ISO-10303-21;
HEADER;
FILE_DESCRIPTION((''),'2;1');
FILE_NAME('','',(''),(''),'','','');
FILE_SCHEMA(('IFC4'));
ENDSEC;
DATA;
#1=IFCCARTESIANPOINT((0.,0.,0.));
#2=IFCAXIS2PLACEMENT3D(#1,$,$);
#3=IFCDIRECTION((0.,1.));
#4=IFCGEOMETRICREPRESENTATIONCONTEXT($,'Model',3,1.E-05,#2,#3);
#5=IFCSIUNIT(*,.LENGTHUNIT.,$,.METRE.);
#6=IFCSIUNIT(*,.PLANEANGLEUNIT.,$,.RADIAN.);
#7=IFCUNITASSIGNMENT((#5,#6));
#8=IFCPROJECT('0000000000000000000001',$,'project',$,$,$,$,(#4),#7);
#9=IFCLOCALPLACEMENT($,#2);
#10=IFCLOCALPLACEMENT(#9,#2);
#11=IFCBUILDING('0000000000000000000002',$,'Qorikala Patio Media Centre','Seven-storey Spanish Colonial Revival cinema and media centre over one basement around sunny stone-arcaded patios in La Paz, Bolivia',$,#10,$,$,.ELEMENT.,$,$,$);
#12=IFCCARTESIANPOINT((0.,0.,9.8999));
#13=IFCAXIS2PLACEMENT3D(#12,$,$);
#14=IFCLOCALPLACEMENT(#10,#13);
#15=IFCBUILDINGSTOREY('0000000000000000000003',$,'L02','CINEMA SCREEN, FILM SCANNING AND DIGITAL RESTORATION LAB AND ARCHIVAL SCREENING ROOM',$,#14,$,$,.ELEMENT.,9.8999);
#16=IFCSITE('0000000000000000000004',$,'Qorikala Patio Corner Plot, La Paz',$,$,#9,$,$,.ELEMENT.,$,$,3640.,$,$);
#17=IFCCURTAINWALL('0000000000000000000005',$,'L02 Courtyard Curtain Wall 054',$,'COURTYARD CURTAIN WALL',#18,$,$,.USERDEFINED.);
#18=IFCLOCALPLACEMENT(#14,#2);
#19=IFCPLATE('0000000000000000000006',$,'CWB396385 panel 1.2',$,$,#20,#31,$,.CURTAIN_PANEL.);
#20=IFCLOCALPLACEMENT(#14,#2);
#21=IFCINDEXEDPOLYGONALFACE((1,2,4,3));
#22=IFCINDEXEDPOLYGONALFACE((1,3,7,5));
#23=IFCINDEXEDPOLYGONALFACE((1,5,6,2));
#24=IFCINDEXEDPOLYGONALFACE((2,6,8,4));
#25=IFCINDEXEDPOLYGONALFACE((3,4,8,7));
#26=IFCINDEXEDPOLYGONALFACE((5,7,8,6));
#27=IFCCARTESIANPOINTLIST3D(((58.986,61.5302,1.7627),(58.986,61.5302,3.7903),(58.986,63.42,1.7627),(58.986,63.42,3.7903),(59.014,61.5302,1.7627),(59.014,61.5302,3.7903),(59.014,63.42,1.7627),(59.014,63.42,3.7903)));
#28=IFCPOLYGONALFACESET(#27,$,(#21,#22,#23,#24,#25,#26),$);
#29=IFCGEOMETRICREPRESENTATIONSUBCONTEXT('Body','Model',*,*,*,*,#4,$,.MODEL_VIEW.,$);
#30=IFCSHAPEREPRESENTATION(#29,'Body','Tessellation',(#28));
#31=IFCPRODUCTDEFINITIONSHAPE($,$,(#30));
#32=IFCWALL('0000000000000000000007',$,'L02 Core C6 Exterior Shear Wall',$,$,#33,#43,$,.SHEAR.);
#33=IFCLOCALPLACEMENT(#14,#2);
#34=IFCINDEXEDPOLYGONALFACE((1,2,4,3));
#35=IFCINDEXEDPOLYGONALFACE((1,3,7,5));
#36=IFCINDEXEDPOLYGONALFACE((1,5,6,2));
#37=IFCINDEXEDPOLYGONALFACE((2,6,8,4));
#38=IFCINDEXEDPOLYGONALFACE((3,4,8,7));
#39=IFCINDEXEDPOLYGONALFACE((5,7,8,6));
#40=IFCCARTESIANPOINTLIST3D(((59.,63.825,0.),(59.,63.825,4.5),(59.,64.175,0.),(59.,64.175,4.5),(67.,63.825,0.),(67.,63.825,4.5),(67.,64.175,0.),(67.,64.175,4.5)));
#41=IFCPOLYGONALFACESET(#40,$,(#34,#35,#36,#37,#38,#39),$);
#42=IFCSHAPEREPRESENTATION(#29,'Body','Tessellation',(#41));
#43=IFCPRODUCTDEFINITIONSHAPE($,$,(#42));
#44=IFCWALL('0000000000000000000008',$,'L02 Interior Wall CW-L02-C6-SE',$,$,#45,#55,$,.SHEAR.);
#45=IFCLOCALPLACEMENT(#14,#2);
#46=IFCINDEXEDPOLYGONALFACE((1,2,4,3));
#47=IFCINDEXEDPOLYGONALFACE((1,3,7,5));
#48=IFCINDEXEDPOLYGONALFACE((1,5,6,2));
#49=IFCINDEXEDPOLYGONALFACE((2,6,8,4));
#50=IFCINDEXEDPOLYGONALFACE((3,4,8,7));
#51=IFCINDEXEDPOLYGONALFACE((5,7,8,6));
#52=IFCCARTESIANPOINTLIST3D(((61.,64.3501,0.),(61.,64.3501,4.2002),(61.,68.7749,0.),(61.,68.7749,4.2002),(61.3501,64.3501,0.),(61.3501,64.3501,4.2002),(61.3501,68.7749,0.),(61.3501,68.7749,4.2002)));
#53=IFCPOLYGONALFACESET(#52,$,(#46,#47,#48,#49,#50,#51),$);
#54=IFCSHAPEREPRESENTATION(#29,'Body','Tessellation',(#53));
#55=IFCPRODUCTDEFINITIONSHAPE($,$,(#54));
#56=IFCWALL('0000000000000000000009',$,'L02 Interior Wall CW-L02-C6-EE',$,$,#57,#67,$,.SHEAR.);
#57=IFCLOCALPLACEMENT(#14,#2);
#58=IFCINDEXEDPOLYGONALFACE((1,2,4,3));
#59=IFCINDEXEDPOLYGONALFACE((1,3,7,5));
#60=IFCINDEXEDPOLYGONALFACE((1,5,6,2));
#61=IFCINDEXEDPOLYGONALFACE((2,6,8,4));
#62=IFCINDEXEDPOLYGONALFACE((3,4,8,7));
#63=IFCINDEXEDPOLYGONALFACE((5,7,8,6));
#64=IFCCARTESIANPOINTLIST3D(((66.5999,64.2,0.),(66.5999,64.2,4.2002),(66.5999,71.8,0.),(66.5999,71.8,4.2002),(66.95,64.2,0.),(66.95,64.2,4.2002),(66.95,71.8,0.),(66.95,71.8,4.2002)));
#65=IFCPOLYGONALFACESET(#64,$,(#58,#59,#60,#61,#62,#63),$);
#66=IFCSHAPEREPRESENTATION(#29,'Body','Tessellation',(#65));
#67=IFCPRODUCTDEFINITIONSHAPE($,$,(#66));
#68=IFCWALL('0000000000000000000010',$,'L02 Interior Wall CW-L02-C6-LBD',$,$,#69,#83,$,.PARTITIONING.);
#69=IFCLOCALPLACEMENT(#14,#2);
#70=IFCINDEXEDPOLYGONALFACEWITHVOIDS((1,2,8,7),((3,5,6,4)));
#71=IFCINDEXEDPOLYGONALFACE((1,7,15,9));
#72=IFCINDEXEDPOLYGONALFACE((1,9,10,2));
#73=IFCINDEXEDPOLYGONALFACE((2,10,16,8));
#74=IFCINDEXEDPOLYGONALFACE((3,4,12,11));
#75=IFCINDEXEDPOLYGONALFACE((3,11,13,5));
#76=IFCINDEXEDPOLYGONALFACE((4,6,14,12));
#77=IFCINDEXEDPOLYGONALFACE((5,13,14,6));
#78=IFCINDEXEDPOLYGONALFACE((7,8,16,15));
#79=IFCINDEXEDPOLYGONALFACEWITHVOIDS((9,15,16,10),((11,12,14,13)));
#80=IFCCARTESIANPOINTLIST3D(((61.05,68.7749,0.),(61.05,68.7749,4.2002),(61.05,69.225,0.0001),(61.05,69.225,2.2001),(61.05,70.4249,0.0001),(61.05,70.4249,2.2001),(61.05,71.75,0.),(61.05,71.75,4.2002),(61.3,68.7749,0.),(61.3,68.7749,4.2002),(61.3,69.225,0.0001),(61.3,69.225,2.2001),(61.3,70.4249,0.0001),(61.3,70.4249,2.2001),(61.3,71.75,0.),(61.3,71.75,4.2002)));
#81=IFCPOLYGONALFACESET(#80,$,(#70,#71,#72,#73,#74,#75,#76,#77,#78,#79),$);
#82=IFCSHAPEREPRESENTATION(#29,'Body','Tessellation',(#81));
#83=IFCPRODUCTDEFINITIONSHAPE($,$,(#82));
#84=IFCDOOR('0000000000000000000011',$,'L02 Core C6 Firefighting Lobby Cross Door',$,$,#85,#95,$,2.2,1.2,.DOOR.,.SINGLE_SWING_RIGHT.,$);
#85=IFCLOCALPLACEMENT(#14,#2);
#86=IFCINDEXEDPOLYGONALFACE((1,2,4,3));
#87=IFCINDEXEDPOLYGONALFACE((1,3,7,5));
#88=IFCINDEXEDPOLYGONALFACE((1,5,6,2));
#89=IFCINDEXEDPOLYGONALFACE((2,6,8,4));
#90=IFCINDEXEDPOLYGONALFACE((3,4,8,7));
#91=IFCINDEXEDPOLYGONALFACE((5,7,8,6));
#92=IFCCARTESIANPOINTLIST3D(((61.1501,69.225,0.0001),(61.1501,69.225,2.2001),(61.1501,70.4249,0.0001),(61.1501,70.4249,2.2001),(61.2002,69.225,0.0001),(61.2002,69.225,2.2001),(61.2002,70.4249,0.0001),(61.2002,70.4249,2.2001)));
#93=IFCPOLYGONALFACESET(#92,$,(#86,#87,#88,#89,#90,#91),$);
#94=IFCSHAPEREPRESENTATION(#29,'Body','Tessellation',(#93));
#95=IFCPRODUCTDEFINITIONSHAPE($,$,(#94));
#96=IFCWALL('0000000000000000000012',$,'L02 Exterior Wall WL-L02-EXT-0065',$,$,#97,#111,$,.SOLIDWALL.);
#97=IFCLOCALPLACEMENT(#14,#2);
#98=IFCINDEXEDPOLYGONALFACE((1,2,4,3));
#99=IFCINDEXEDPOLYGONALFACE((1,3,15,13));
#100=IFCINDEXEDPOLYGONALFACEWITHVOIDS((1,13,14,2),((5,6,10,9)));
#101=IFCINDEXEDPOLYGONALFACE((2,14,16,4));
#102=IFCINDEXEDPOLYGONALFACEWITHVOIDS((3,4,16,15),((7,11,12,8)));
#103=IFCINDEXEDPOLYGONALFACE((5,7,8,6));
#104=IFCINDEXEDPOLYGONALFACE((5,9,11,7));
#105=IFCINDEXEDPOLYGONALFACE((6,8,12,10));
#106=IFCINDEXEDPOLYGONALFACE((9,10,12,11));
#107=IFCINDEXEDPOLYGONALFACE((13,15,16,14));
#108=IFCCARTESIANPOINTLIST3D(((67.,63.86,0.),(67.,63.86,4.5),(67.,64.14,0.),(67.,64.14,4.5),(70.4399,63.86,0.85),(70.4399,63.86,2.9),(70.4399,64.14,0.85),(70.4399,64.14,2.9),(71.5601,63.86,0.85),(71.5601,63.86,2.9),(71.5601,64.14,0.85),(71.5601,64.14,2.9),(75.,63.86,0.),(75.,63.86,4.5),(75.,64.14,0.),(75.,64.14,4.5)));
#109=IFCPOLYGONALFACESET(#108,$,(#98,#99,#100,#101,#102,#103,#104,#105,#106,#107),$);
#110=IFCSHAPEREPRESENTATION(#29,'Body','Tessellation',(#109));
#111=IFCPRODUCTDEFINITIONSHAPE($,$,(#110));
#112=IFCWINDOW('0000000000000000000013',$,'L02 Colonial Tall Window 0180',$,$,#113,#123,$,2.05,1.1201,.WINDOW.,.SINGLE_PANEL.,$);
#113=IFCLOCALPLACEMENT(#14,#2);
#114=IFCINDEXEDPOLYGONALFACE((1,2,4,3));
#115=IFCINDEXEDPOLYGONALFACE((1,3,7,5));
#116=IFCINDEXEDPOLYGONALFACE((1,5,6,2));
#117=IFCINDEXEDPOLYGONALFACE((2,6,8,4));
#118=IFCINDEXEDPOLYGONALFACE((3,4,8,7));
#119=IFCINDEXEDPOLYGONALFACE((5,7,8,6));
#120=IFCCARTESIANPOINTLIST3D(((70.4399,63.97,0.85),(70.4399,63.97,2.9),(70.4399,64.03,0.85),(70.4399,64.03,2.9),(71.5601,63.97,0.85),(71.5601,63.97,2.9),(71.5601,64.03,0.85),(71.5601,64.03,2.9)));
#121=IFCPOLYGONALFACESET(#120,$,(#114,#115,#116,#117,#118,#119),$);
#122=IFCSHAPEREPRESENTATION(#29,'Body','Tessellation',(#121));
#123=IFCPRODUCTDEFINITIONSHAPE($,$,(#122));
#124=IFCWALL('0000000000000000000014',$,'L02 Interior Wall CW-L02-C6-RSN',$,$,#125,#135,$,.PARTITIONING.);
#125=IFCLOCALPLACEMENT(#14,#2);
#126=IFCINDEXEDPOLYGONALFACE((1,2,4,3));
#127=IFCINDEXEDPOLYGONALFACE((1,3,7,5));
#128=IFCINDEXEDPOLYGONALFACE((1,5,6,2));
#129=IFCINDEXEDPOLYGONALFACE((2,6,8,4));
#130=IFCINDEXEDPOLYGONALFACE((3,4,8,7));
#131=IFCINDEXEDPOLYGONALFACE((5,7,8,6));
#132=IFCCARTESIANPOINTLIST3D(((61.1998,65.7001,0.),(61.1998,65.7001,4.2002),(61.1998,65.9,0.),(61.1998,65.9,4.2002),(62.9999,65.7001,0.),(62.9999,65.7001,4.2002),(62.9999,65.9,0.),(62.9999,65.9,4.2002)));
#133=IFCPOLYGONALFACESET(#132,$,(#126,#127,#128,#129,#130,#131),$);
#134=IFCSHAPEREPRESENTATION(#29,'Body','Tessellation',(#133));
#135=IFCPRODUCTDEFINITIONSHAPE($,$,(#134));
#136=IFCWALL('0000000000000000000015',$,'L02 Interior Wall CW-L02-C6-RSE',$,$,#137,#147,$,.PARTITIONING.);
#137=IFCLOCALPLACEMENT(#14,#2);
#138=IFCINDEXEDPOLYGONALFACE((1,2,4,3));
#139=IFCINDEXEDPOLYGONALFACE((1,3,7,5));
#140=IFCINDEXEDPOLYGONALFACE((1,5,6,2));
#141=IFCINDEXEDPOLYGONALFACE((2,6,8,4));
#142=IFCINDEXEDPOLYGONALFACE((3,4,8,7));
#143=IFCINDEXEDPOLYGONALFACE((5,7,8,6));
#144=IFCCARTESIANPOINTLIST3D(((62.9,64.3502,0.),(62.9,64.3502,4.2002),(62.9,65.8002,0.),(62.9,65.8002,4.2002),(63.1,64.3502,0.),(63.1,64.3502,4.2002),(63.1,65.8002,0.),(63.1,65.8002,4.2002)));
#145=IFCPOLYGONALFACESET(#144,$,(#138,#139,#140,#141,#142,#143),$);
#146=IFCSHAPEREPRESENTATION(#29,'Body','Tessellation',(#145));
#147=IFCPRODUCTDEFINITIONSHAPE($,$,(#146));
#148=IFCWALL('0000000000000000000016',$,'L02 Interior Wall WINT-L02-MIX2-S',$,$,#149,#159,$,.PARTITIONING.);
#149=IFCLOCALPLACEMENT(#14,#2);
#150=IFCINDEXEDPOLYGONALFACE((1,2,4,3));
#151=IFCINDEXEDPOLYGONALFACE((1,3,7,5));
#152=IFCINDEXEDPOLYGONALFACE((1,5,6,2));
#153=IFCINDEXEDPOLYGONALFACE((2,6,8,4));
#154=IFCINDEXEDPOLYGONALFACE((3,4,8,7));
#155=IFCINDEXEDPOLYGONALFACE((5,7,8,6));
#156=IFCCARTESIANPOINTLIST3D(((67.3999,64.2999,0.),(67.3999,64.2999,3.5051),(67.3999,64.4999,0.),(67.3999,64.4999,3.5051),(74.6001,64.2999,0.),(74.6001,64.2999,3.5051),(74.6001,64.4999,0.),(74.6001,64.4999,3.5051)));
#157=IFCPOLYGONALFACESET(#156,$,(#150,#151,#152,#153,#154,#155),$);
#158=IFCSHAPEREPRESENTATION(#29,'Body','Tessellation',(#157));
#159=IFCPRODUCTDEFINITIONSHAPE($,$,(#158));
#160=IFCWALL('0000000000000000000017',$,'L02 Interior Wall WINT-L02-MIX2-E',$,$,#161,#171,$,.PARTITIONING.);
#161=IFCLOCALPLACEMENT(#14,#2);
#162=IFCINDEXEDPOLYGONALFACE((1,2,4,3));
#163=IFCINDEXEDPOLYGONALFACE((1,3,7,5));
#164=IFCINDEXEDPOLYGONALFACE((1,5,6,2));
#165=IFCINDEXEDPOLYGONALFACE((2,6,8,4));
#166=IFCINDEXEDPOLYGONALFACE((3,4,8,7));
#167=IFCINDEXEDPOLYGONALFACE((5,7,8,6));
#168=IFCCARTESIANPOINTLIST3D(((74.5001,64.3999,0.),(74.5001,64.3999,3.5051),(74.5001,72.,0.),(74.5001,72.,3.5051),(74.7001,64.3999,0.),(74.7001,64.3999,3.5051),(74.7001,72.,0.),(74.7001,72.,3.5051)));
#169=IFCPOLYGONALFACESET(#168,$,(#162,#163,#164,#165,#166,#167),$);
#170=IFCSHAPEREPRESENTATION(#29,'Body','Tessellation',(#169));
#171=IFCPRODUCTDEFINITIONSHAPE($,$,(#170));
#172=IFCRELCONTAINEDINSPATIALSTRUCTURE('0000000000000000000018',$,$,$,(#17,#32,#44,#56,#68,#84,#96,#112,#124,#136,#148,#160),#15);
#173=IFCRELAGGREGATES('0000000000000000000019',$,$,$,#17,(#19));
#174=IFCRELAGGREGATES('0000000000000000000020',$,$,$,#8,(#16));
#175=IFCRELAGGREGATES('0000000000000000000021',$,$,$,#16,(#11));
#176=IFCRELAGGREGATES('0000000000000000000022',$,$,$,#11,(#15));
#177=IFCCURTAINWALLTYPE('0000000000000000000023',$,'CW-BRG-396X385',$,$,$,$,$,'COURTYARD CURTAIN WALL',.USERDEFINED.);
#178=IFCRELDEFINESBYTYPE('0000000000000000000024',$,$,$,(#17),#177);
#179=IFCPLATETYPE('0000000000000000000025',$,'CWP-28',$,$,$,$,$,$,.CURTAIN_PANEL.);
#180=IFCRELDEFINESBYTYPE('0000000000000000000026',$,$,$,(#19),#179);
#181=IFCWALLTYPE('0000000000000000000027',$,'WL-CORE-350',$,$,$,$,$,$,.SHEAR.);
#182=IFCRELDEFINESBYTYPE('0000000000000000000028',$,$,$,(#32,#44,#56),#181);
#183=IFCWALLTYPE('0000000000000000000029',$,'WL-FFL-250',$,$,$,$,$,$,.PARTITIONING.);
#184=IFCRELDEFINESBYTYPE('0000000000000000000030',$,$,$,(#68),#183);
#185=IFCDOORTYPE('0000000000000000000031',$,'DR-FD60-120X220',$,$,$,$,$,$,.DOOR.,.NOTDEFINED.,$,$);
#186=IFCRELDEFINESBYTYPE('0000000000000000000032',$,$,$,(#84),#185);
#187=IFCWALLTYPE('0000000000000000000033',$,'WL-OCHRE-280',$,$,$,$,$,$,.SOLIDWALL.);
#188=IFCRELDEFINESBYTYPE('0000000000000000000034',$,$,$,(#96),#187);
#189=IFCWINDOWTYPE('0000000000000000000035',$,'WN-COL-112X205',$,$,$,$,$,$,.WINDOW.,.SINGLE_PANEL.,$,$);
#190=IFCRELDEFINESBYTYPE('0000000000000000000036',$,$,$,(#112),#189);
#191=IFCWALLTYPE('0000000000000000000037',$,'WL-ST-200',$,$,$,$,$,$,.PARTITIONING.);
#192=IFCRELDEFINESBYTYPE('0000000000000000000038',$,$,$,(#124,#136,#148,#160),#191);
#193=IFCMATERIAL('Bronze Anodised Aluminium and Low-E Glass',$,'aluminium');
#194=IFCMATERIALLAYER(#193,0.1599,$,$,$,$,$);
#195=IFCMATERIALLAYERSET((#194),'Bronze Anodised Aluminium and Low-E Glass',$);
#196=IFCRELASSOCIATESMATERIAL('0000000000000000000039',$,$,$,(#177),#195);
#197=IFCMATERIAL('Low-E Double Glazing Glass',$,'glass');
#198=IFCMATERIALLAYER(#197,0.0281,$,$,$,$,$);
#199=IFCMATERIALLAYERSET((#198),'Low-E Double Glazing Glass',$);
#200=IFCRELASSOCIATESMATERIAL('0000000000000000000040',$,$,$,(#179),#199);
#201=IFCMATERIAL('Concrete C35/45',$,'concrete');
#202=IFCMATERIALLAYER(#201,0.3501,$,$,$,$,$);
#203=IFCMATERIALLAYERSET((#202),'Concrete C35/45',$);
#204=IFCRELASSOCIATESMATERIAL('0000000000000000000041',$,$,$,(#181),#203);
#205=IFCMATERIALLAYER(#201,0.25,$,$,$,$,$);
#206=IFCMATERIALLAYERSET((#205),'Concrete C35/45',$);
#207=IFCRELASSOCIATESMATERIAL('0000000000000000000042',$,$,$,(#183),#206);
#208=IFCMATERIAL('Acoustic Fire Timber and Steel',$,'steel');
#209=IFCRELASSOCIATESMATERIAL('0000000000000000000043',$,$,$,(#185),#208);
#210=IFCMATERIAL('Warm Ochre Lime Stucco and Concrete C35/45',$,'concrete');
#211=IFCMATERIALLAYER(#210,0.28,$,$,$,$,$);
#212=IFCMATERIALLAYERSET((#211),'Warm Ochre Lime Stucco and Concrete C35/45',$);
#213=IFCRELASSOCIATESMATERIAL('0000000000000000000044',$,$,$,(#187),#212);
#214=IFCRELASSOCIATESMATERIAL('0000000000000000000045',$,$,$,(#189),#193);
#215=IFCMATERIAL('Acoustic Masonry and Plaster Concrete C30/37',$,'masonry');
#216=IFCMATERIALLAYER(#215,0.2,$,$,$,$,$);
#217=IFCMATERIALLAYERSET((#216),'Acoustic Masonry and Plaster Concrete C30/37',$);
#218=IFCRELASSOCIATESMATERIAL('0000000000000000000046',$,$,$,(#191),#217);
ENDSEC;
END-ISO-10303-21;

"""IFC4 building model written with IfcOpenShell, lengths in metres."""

from ifc_helpers import new_model, si_unit, direction, frame, frame_2d, origin, origin_2d, place, context, subcontext, project, spatial, rectangle, extrude, material, layer, layer_set, type_object, element, fill, aggregate, save


model = new_model("IFC4")

# Units and contexts
model_context = context("Model", 3, precision=1e-05, world=origin(), true_north=direction((0.0, 1.0)))
body_context = subcontext(model_context, "Body", "Model", "MODEL_VIEW")
ifc_project = project(units=[si_unit("LENGTHUNIT", "METRE"), si_unit("PLANEANGLEUNIT", "RADIAN")], contexts=[model_context])

# Site, building, storey
site_placement = place(None, origin())
site = spatial("IfcSite", under=ifc_project, at=site_placement, Name="Qorikala Patio Corner Plot, La Paz", CompositionType="ELEMENT", RefElevation=3640.0)
building_placement = place(site_placement, origin())
building = spatial("IfcBuilding", under=site, at=building_placement, Name="Qorikala Patio Media Centre", Description="Seven-storey Spanish Colonial Revival cinema and media centre over one basement around sunny stone-arcaded patios in La Paz, Bolivia", CompositionType="ELEMENT")
storey_placement = place(building_placement, frame((0.0, 0.0, 9.8999)))
storey = spatial("IfcBuildingStorey", under=building, at=storey_placement, Name="L02", Description="CINEMA SCREEN, FILM SCANNING AND DIGITAL RESTORATION LAB AND ARCHIVAL SCREENING ROOM", CompositionType="ELEMENT", Elevation=9.8999)

# Shared definitions
ifc_material_1 = material(Name="Concrete C35/45", Category="concrete")

# Curtain wall
ifc_material_2 = material(Name="Bronze Anodised Aluminium and Low-E Glass", Category="aluminium")
ifc_layer_1 = layer(ifc_material_2, 0.1599)
ifc_layer_set_1 = layer_set([ifc_layer_1], Name="Bronze Anodised Aluminium and Low-E Glass")
curtain_wall_type = type_object("IfcCurtainWallType", Name="CW-BRG-396X385", ElementType="COURTYARD CURTAIN WALL", PredefinedType="USERDEFINED", material=ifc_layer_set_1)
curtain_wall_placement = place(storey_placement, origin())
curtain_wall = element("IfcCurtainWall", 1, at=curtain_wall_placement, inside=storey, type_object=curtain_wall_type, Name="L02 Courtyard Curtain Wall 054", ObjectType="COURTYARD CURTAIN WALL", PredefinedType="USERDEFINED")

# Plate
ifc_material_3 = material(Name="Low-E Double Glazing Glass", Category="glass")
ifc_layer_2 = layer(ifc_material_3, 0.0281)
ifc_layer_set_2 = layer_set([ifc_layer_2], Name="Low-E Double Glazing Glass")
plate_type = type_object("IfcPlateType", Name="CWP-28", PredefinedType="CURTAIN_PANEL", material=ifc_layer_set_2)
plate_1_placement = place(storey_placement, frame((59.0, 62.4751, 1.7627), z_axis=(0.0, 0.0, 1.0), x_axis=(0.0, -1.0, 0.0)))
plate_1 = element("IfcPlate", 2, at=plate_1_placement, type_object=plate_type, Name="CWB396385 panel 1.2", PredefinedType="CURTAIN_PANEL", context=body_context, shape_type="SweptSolid", body=[
    extrude(rectangle(XDim=1.8899, YDim=0.0281, at=origin_2d()), origin(), (0.0, 0.0, 1.0), 2.0276),
])
aggregate(curtain_wall, [plate_1])

# Walls
ifc_layer_3 = layer(ifc_material_1, 0.3501)
ifc_layer_set_3 = layer_set([ifc_layer_3], Name="Concrete C35/45")
wall_type_1 = type_object("IfcWallType", Name="WL-CORE-350", PredefinedType="SHEAR", material=ifc_layer_set_3)
wall_1_placement = place(storey_placement, frame((67.0, 64.0, 0.0), z_axis=(0.0, 0.0, 1.0), x_axis=(-1.0, 0.0, 0.0)))
element("IfcWall", 3, at=wall_1_placement, inside=storey, type_object=wall_type_1, Name="L02 Core C6 Exterior Shear Wall", PredefinedType="SHEAR", context=body_context, shape_type="SweptSolid", body=[
    extrude(rectangle(XDim=8.0, YDim=0.3501, at=frame_2d((4.0, 0.0))), origin(), (0.0, 0.0, 1.0), 4.5),
])
wall_2_placement = place(storey_placement, frame((61.175, 64.3501, 0.0), z_axis=(0.0, 0.0, 1.0), x_axis=(0.0, 1.0, 0.0)))
element("IfcWall", 4, at=wall_2_placement, inside=storey, type_object=wall_type_1, Name="L02 Interior Wall CW-L02-C6-SE", PredefinedType="SHEAR", context=body_context, shape_type="SweptSolid", body=[
    extrude(rectangle(XDim=4.4248, YDim=0.3501, at=frame_2d((2.2124, 0.0))), origin(), (0.0, 0.0, 1.0), 4.2002),
])
wall_3_placement = place(storey_placement, frame((66.7749, 64.2, 0.0), z_axis=(0.0, 0.0, 1.0), x_axis=(0.0, 1.0, 0.0)))
element("IfcWall", 5, at=wall_3_placement, inside=storey, type_object=wall_type_1, Name="L02 Interior Wall CW-L02-C6-EE", PredefinedType="SHEAR", context=body_context, shape_type="SweptSolid", body=[
    extrude(rectangle(XDim=7.6001, YDim=0.3501, at=frame_2d((3.8, 0.0))), origin(), (0.0, 0.0, 1.0), 4.2002),
])

# Wall, opening, door
ifc_layer_4 = layer(ifc_material_1, 0.25)
ifc_layer_set_4 = layer_set([ifc_layer_4], Name="Concrete C35/45")
wall_type_2 = type_object("IfcWallType", Name="WL-FFL-250", PredefinedType="PARTITIONING", material=ifc_layer_set_4)
wall_4_placement = place(storey_placement, frame((61.175, 68.7749, 0.0), z_axis=(0.0, 0.0, 1.0), x_axis=(0.0, 1.0, 0.0)))
wall_4 = element("IfcWall", 6, at=wall_4_placement, inside=storey, type_object=wall_type_2, Name="L02 Interior Wall CW-L02-C6-LBD", PredefinedType="PARTITIONING", context=body_context, shape_type="SweptSolid", body=[
    extrude(rectangle(XDim=2.9751, YDim=0.25, at=frame_2d((1.4875, 0.0))), origin(), (0.0, 0.0, 1.0), 4.2002),
])
opening_1_placement = place(wall_4_placement, frame((0.45, 0.0, 0.0)))
opening_1 = element("IfcOpeningElement", 7, at=opening_1_placement, cuts=wall_4, PredefinedType="OPENING", context=body_context, shape_type="SweptSolid", body=[
    extrude(rectangle(XDim=1.2, YDim=2.2, at=frame_2d((0.6001, 1.1001))), frame((0.0, 0.135, 0.0), z_axis=(0.0, -1.0, 0.0), x_axis=(1.0, 0.0, 0.0)), (0.0, 0.0, 1.0), 0.27),
])
ifc_material_4 = material(Name="Acoustic Fire Timber and Steel", Category="steel")
door_type = type_object("IfcDoorType", Name="DR-FD60-120X220", OperationType="NOTDEFINED", PredefinedType="DOOR", material=ifc_material_4)
door_placement = place(opening_1_placement, origin())
door = element("IfcDoor", 8, at=door_placement, inside=storey, type_object=door_type, Name="L02 Core C6 Firefighting Lobby Cross Door", OperationType="SINGLE_SWING_RIGHT", OverallHeight=2.2, OverallWidth=1.2, PredefinedType="DOOR", context=body_context, shape_type="SweptSolid", body=[
    extrude(rectangle(XDim=1.2, YDim=2.2, at=frame_2d((0.6001, 1.1001))), frame((0.0, 0.0249, 0.0), z_axis=(0.0, -1.0, 0.0), x_axis=(1.0, 0.0, 0.0)), (0.0, 0.0, 1.0), 0.05),
])
fill(opening_1, door)

# Wall, opening, window
ifc_material_5 = material(Name="Warm Ochre Lime Stucco and Concrete C35/45", Category="concrete")
ifc_layer_5 = layer(ifc_material_5, 0.28)
ifc_layer_set_5 = layer_set([ifc_layer_5], Name="Warm Ochre Lime Stucco and Concrete C35/45")
wall_type_3 = type_object("IfcWallType", Name="WL-OCHRE-280", PredefinedType="SOLIDWALL", material=ifc_layer_set_5)
wall_5_placement = place(storey_placement, frame((75.0, 64.0, 0.0), z_axis=(0.0, 0.0, 1.0), x_axis=(-1.0, 0.0, 0.0)))
wall_5 = element("IfcWall", 9, at=wall_5_placement, inside=storey, type_object=wall_type_3, Name="L02 Exterior Wall WL-L02-EXT-0065", PredefinedType="SOLIDWALL", context=body_context, shape_type="SweptSolid", body=[
    extrude(rectangle(XDim=8.0, YDim=0.28, at=frame_2d((4.0, 0.0))), origin(), (0.0, 0.0, 1.0), 4.5),
])
opening_2_placement = place(wall_5_placement, frame((3.4399, 0.0, 0.8501)))
opening_2 = element("IfcOpeningElement", 10, at=opening_2_placement, cuts=wall_5, PredefinedType="OPENING", context=body_context, shape_type="SweptSolid", body=[
    extrude(rectangle(XDim=1.1201, YDim=2.05, at=frame_2d((0.5601, 1.0249))), frame((0.0, 0.1499, 0.0), z_axis=(0.0, -1.0, 0.0), x_axis=(1.0, 0.0, 0.0)), (0.0, 0.0, 1.0), 0.3),
])
window_type = type_object("IfcWindowType", Name="WN-COL-112X205", PartitioningType="SINGLE_PANEL", PredefinedType="WINDOW", material=ifc_material_2)
window_placement = place(opening_2_placement, origin())
window = element("IfcWindow", 11, at=window_placement, inside=storey, type_object=window_type, Name="L02 Colonial Tall Window 0180", OverallHeight=2.05, OverallWidth=1.1201, PartitioningType="SINGLE_PANEL", PredefinedType="WINDOW", context=body_context, shape_type="SweptSolid", body=[
    extrude(rectangle(XDim=1.1201, YDim=2.05, at=frame_2d((0.5601, 1.0249))), frame((0.0, 0.03, 0.0), z_axis=(0.0, -1.0, 0.0), x_axis=(1.0, 0.0, 0.0)), (0.0, 0.0, 1.0), 0.0601),
])
fill(opening_2, window)

# Walls
ifc_material_6 = material(Name="Acoustic Masonry and Plaster Concrete C30/37", Category="masonry")
ifc_layer_6 = layer(ifc_material_6, 0.2)
ifc_layer_set_6 = layer_set([ifc_layer_6], Name="Acoustic Masonry and Plaster Concrete C30/37")
wall_type_4 = type_object("IfcWallType", Name="WL-ST-200", PredefinedType="PARTITIONING", material=ifc_layer_set_6)
wall_6_placement = place(storey_placement, frame((61.2, 65.8, 0.0), z_axis=(0.0, 0.0, 1.0), x_axis=(1.0, 0.0, 0.0)))
element("IfcWall", 12, at=wall_6_placement, inside=storey, type_object=wall_type_4, Name="L02 Interior Wall CW-L02-C6-RSN", PredefinedType="PARTITIONING", context=body_context, shape_type="SweptSolid", body=[
    extrude(rectangle(XDim=1.8, YDim=0.2, at=frame_2d((0.8999, 0.0))), origin(), (0.0, 0.0, 1.0), 4.2002),
])
wall_7_placement = place(storey_placement, frame((63.0, 64.3501, 0.0), z_axis=(0.0, 0.0, 1.0), x_axis=(0.0, 1.0, 0.0)))
element("IfcWall", 13, at=wall_7_placement, inside=storey, type_object=wall_type_4, Name="L02 Interior Wall CW-L02-C6-RSE", PredefinedType="PARTITIONING", context=body_context, shape_type="SweptSolid", body=[
    extrude(rectangle(XDim=1.45, YDim=0.2, at=frame_2d((0.7251, 0.0))), origin(), (0.0, 0.0, 1.0), 4.2002),
])
wall_8_placement = place(storey_placement, frame((67.3999, 64.3999, 0.0), z_axis=(0.0, 0.0, 1.0), x_axis=(1.0, 0.0, 0.0)))
element("IfcWall", 14, at=wall_8_placement, inside=storey, type_object=wall_type_4, Name="L02 Interior Wall WINT-L02-MIX2-S", PredefinedType="PARTITIONING", context=body_context, shape_type="SweptSolid", body=[
    extrude(rectangle(XDim=7.2002, YDim=0.2, at=frame_2d((3.6001, 0.0))), origin(), (0.0, 0.0, 1.0), 3.5051),
])
wall_9_placement = place(storey_placement, frame((74.6001, 64.3999, 0.0), z_axis=(0.0, 0.0, 1.0), x_axis=(0.0, 1.0, 0.0)))
element("IfcWall", 15, at=wall_9_placement, inside=storey, type_object=wall_type_4, Name="L02 Interior Wall WINT-L02-MIX2-E", PredefinedType="PARTITIONING", context=body_context, shape_type="SweptSolid", body=[
    extrude(rectangle(XDim=7.6001, YDim=0.2, at=frame_2d((3.8, 0.0))), origin(), (0.0, 0.0, 1.0), 3.5051),
])

save(model, "model.ifc")
